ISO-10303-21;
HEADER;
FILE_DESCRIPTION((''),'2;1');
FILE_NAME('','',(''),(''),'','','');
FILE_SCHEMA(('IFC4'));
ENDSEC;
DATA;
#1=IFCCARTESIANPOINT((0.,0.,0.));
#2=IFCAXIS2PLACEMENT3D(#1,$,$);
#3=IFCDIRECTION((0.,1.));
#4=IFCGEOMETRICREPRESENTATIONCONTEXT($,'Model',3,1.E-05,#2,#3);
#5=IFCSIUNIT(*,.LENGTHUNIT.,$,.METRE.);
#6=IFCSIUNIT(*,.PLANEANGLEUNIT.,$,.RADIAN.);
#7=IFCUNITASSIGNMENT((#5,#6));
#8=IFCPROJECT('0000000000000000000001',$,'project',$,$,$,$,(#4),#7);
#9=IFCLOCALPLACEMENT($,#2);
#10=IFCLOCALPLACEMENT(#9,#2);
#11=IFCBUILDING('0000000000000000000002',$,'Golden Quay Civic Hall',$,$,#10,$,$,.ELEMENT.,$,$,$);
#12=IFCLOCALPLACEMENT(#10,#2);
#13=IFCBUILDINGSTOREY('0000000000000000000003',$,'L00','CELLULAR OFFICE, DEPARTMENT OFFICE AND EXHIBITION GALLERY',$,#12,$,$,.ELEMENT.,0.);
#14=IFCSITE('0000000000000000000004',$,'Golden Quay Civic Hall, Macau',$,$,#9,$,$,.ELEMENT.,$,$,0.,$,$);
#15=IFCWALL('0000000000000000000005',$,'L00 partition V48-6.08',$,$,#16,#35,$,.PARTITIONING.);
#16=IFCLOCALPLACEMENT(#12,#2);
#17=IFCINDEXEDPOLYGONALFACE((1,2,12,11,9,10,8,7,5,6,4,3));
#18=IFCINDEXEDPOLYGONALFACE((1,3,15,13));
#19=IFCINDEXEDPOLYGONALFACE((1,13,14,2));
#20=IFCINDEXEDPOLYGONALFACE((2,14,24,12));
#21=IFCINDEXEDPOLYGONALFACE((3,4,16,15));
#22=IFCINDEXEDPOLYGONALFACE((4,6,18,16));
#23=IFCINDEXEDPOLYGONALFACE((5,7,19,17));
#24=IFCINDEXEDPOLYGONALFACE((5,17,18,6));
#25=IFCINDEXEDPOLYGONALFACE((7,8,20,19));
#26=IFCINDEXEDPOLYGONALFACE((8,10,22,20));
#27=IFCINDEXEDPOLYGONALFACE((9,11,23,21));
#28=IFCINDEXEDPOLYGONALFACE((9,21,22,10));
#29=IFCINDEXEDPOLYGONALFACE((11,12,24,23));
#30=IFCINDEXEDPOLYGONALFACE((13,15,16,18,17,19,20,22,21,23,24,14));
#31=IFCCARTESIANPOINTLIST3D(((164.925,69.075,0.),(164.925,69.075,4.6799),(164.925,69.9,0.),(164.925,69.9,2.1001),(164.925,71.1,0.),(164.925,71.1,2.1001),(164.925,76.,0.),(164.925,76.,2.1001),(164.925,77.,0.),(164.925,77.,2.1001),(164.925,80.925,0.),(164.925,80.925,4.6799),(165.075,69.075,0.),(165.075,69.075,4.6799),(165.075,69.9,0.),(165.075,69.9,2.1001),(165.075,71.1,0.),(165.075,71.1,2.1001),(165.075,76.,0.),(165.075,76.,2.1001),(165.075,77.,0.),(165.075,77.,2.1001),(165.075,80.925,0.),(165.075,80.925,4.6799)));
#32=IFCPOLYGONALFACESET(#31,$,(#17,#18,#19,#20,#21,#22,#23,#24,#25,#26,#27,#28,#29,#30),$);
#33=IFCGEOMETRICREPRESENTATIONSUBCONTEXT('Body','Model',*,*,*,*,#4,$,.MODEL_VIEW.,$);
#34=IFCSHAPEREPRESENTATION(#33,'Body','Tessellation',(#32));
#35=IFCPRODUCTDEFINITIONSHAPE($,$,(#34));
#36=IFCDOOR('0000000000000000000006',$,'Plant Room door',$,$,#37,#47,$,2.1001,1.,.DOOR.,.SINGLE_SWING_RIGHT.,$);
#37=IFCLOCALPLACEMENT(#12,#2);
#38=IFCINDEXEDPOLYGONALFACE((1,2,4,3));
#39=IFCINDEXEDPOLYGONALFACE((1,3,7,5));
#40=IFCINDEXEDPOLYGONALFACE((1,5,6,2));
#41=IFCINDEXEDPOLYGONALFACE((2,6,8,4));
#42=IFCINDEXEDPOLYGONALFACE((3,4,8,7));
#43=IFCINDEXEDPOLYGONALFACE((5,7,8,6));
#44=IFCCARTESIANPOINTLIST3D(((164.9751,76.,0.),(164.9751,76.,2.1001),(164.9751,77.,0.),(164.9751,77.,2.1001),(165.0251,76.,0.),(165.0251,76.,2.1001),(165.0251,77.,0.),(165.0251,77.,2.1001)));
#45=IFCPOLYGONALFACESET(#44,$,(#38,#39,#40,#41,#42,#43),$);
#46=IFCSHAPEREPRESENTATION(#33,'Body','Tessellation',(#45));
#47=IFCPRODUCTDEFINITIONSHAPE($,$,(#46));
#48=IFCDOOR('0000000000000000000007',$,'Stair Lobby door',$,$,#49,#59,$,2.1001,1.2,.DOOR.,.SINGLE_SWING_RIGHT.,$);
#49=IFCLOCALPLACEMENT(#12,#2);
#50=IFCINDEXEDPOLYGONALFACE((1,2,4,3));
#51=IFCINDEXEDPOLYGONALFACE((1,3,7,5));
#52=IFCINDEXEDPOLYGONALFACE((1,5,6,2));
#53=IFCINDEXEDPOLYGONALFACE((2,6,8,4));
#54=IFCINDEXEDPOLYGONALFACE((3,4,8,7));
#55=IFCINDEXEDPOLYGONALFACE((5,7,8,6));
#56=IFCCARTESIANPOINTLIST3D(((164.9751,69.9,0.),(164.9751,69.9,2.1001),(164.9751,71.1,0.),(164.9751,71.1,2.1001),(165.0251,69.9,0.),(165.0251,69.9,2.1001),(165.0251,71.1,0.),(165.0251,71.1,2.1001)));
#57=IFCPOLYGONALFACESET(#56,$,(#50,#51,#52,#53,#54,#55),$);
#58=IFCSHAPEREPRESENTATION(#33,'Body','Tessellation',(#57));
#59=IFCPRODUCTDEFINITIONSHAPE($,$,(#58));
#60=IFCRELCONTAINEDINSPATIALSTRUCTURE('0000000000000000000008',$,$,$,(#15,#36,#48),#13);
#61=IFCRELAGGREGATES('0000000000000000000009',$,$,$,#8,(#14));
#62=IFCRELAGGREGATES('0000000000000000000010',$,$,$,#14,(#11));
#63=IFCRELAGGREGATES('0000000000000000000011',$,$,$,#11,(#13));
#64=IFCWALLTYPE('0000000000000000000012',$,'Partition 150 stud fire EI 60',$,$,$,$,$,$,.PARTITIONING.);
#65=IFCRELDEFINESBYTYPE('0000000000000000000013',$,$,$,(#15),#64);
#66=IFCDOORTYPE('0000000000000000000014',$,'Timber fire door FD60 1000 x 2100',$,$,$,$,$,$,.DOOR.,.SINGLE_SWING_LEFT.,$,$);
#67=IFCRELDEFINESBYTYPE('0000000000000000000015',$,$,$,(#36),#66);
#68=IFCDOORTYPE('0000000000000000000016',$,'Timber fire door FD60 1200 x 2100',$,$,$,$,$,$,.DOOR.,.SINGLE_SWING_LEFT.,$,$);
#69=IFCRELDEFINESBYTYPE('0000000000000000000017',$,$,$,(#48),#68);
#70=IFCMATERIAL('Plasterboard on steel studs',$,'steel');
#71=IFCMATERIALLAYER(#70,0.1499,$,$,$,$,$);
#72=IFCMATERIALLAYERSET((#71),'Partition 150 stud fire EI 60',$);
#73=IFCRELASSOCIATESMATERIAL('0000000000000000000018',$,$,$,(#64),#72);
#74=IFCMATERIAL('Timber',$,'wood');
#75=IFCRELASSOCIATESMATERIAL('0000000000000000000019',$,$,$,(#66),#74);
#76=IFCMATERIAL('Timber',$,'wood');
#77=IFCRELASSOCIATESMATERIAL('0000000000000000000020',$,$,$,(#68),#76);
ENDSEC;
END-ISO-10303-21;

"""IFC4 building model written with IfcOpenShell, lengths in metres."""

from ifc_helpers import new_model, si_unit, direction, frame, frame_2d, origin, place, context, subcontext, project, spatial, rectangle, extrude, material, layer, layer_set, type_object, element, fill, save


model = new_model("IFC4")

# Units and contexts
model_context = context("Model", 3, precision=1e-05, world=origin(), true_north=direction((0.0, 1.0)))
body_context = subcontext(model_context, "Body", "Model", "MODEL_VIEW")
ifc_project = project(units=[si_unit("LENGTHUNIT", "METRE"), si_unit("PLANEANGLEUNIT", "RADIAN")], contexts=[model_context])

# Site, building, storey
site_placement = place(None, origin())
site = spatial("IfcSite", under=ifc_project, at=site_placement, Name="Golden Quay Civic Hall, Macau", CompositionType="ELEMENT", RefElevation=0.0)
building_placement = place(site_placement, origin())
building = spatial("IfcBuilding", under=site, at=building_placement, Name="Golden Quay Civic Hall", CompositionType="ELEMENT")
storey_placement = place(building_placement, origin())
storey = spatial("IfcBuildingStorey", under=building, at=storey_placement, Name="L00", Description="CELLULAR OFFICE, DEPARTMENT OFFICE AND EXHIBITION GALLERY", CompositionType="ELEMENT", Elevation=0.0)

# Shared definitions
ifc_material_1 = material(Name="Plasterboard on steel studs", Category="steel")
ifc_layer_1 = layer(ifc_material_1, 0.1499)
ifc_layer_set_1 = layer_set([ifc_layer_1], Name="Partition 150 stud fire EI 60")
wall_type_1 = type_object("IfcWallType", Name="Partition 150 stud fire EI 60", PredefinedType="PARTITIONING", material=ifc_layer_set_1)

# Wall, openings, doors
wall_1_placement = place(storey_placement, frame((165.0, 69.075, 0.0), z_axis=(0.0, 0.0, 1.0), x_axis=(0.0, 1.0, 0.0)))
wall_1 = element("IfcWall", 1, at=wall_1_placement, inside=storey, type_object=wall_type_1, Name="L00 partition V48-6.08", PredefinedType="PARTITIONING", context=body_context, shape_type="SweptSolid", body=[
    extrude(rectangle(XDim=11.8501, YDim=0.1499, at=frame_2d((5.925, 0.0))), origin(), (0.0, 0.0, 1.0), 4.6799),
])
opening_1_placement = place(wall_1_placement, frame((0.825, 0.0, 0.0)))
opening_1 = element("IfcOpeningElement", 2, at=opening_1_placement, cuts=wall_1, PredefinedType="OPENING", context=body_context, shape_type="SweptSolid", body=[
    extrude(rectangle(XDim=1.2, YDim=2.1001, at=frame_2d((0.6001, 1.05))), frame((0.0, 0.085, 0.0), z_axis=(0.0, -1.0, 0.0), x_axis=(1.0, 0.0, 0.0)), (0.0, 0.0, 1.0), 0.1699),
])
opening_2_placement = place(wall_1_placement, frame((6.925, 0.0, 0.0)))
opening_2 = element("IfcOpeningElement", 3, at=opening_2_placement, cuts=wall_1, PredefinedType="OPENING", context=body_context, shape_type="SweptSolid", body=[
    extrude(rectangle(XDim=1.0, YDim=2.1001, at=frame_2d((0.5, 1.05))), frame((0.0, 0.085, 0.0), z_axis=(0.0, -1.0, 0.0), x_axis=(1.0, 0.0, 0.0)), (0.0, 0.0, 1.0), 0.1699),
])
ifc_material_2 = material(Name="Timber", Category="wood")
door_type_1 = type_object("IfcDoorType", Name="Timber fire door FD60 1000 x 2100", OperationType="SINGLE_SWING_LEFT", PredefinedType="DOOR", material=ifc_material_2)
door_1_placement = place(opening_2_placement, frame((1.0, 0.0, 0.0), z_axis=(0.0, 0.0, 1.0), x_axis=(-1.0, 0.0, 0.0)))
door_1 = element("IfcDoor", 4, at=door_1_placement, inside=storey, type_object=door_type_1, Name="Plant Room door", OperationType="SINGLE_SWING_RIGHT", OverallHeight=2.1001, OverallWidth=1.0, PredefinedType="DOOR", context=body_context, shape_type="SweptSolid", body=[
    extrude(rectangle(XDim=1.0, YDim=2.1001, at=frame_2d((0.5, 1.05))), frame((0.0, 0.0251, 0.0), z_axis=(0.0, -1.0, 0.0), x_axis=(1.0, 0.0, 0.0)), (0.0, 0.0, 1.0), 0.05),
])
fill(opening_2, door_1)
ifc_material_3 = material(Name="Timber", Category="wood")
door_type_2 = type_object("IfcDoorType", Name="Timber fire door FD60 1200 x 2100", OperationType="SINGLE_SWING_LEFT", PredefinedType="DOOR", material=ifc_material_3)
door_2_placement = place(opening_1_placement, frame((1.2, 0.0, 0.0), z_axis=(0.0, 0.0, 1.0), x_axis=(-1.0, 0.0, 0.0)))
door_2 = element("IfcDoor", 5, at=door_2_placement, inside=storey, type_object=door_type_2, Name="Stair Lobby door", OperationType="SINGLE_SWING_RIGHT", OverallHeight=2.1001, OverallWidth=1.2, PredefinedType="DOOR", context=body_context, shape_type="SweptSolid", body=[
    extrude(rectangle(XDim=1.2, YDim=2.1001, at=frame_2d((0.5999, 1.05))), frame((0.0, 0.0251, 0.0), z_axis=(0.0, -1.0, 0.0), x_axis=(1.0, 0.0, 0.0)), (0.0, 0.0, 1.0), 0.05),
])
fill(opening_1, door_2)

save(model, "model.ifc")
